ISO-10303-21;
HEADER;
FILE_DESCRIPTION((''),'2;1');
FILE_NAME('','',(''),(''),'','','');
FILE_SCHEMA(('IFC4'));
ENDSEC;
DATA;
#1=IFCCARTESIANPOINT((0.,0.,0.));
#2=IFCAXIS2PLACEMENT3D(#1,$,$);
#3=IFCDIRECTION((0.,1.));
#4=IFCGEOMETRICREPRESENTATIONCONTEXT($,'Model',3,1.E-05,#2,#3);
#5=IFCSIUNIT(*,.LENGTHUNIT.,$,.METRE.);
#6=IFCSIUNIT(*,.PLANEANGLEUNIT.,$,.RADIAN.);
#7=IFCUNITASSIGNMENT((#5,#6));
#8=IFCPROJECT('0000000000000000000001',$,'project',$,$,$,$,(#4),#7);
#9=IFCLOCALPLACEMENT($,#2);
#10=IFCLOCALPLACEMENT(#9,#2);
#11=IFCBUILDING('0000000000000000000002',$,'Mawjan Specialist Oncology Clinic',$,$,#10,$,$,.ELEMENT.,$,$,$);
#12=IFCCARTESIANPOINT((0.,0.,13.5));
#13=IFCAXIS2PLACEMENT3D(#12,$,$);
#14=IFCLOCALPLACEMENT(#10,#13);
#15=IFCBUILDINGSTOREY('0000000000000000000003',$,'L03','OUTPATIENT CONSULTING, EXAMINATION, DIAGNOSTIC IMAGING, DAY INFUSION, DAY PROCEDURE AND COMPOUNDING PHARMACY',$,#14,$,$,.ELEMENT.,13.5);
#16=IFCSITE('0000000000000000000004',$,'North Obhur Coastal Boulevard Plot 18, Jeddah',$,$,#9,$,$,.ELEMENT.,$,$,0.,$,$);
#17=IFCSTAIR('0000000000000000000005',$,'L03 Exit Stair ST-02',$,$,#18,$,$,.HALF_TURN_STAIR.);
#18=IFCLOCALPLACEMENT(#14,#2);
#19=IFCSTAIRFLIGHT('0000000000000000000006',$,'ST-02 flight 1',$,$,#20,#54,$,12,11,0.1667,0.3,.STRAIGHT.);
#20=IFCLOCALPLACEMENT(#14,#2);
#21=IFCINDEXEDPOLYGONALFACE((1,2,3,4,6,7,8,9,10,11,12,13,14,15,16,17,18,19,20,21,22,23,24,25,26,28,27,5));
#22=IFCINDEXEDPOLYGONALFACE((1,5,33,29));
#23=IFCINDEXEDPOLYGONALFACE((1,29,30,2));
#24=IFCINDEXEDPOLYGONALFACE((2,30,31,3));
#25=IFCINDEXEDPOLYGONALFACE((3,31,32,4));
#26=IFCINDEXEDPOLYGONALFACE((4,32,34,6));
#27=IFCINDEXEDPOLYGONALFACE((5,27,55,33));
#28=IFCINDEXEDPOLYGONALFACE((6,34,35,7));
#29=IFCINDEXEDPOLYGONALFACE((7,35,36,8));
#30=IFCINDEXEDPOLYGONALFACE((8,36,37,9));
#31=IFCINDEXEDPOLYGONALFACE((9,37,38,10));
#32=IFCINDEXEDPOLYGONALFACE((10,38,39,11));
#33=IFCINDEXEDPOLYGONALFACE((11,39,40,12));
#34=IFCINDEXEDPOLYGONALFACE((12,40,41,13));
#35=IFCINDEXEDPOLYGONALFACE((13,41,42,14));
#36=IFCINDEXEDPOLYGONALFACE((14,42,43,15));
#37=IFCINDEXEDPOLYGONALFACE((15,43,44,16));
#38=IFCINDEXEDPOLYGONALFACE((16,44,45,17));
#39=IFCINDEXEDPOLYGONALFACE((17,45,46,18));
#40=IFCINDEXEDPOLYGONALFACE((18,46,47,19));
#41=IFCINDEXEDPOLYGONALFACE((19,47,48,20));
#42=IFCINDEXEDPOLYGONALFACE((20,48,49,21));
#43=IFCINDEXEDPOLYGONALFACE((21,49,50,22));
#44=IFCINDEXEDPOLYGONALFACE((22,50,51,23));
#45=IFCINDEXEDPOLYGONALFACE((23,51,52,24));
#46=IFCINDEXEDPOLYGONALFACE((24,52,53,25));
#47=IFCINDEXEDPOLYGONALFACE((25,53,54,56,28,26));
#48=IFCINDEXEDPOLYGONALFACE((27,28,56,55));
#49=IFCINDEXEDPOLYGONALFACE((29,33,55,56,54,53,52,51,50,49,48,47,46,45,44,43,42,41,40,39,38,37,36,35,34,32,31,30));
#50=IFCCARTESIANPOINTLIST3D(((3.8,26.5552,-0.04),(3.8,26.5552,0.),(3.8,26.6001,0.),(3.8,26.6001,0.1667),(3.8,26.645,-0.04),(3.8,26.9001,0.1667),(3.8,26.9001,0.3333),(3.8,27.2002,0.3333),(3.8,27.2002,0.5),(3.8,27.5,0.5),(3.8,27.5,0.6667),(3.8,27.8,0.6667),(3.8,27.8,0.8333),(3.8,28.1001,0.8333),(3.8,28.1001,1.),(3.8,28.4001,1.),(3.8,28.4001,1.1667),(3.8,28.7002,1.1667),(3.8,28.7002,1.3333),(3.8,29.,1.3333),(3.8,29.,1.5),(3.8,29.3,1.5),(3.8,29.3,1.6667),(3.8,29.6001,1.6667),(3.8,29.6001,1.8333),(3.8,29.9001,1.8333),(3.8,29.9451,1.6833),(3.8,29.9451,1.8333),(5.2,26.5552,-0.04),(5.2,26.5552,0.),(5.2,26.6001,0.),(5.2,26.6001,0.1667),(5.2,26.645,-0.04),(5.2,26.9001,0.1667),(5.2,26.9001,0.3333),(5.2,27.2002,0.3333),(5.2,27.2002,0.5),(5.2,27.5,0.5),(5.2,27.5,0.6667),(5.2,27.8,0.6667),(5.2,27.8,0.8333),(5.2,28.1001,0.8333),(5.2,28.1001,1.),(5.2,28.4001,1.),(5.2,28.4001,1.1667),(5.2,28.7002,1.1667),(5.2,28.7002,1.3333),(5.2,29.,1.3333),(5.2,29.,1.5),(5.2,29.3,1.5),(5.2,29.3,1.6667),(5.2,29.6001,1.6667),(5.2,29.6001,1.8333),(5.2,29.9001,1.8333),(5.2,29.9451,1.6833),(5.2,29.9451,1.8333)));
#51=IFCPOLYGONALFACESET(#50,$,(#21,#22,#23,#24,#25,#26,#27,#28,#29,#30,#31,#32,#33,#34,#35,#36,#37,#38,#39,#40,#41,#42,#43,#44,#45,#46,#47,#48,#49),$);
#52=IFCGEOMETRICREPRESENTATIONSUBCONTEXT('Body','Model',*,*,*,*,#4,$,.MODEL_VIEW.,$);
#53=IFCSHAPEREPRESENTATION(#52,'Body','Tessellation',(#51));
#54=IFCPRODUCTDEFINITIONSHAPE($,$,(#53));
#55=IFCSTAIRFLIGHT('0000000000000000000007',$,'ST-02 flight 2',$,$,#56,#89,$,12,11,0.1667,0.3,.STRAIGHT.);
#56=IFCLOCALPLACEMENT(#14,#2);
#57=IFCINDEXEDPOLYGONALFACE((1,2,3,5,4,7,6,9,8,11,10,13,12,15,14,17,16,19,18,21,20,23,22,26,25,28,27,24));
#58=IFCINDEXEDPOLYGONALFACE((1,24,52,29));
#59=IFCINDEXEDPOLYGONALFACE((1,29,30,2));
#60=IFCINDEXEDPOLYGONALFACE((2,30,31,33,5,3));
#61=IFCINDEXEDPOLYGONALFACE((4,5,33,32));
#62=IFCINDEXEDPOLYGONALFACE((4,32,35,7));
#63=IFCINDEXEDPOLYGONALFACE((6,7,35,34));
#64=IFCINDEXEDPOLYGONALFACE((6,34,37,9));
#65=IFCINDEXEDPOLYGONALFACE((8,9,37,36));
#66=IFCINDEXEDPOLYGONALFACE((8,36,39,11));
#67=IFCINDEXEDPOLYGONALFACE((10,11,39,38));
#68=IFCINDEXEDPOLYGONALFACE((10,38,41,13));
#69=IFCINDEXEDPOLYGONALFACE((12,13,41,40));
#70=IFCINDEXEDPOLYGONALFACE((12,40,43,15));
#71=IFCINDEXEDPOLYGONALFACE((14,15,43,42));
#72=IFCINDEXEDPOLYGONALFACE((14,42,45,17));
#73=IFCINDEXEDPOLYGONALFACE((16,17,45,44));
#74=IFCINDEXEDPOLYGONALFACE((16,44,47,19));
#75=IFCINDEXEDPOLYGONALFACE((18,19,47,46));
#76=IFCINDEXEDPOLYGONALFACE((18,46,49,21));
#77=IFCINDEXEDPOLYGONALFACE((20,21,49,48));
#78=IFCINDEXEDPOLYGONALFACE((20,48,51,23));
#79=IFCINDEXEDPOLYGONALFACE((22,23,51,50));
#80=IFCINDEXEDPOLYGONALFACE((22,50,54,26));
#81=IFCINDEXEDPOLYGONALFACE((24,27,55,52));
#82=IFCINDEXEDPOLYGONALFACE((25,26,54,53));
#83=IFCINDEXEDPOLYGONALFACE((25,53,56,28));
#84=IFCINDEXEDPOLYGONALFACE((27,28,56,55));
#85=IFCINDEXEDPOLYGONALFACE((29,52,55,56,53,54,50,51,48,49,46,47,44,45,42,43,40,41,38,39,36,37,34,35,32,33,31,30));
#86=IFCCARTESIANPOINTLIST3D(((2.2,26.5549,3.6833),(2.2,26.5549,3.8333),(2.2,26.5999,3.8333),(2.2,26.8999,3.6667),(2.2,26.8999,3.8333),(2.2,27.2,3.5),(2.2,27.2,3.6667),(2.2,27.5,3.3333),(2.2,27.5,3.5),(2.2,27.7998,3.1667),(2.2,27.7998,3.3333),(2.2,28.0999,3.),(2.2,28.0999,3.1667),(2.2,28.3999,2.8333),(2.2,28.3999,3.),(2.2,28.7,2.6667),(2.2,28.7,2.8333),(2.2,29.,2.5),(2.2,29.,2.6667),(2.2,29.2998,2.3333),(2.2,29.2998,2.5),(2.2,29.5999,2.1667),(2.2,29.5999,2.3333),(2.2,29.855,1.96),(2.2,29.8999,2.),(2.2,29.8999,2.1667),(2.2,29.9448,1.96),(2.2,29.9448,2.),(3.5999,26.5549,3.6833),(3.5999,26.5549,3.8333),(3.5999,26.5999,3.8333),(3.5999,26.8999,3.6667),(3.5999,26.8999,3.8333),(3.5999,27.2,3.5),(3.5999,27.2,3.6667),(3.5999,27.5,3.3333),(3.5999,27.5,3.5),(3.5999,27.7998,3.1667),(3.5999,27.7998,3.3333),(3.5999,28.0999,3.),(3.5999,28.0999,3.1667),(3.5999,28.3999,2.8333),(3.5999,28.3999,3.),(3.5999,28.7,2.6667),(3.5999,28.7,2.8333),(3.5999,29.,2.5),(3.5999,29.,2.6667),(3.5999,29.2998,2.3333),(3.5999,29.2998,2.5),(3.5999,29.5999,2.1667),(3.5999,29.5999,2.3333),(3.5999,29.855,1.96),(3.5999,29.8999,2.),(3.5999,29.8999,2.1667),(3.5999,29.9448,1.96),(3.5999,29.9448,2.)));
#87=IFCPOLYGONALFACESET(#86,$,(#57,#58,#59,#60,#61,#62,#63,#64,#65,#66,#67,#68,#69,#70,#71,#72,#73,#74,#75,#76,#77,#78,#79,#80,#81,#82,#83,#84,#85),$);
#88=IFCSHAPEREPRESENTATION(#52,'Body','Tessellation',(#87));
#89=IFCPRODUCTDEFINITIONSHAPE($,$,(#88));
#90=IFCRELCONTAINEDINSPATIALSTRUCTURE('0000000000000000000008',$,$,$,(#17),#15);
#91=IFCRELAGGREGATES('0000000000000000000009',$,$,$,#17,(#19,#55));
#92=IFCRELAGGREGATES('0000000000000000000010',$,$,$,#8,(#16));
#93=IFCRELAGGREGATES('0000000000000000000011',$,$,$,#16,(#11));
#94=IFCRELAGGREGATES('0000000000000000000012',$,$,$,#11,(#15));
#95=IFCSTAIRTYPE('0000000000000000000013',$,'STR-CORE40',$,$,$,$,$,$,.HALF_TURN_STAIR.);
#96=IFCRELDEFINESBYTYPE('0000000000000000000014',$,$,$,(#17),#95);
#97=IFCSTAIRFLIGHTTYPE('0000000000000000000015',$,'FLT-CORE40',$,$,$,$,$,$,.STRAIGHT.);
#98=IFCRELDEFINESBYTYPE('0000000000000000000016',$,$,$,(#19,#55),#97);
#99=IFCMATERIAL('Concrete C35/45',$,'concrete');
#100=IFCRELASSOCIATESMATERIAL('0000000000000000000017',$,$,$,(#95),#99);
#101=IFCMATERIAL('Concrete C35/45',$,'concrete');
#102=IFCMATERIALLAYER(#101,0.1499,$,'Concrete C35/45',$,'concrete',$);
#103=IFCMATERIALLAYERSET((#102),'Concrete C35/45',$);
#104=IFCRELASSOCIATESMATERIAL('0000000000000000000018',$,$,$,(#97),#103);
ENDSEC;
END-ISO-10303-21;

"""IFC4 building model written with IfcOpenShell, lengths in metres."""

from ifc_helpers import new_model, si_unit, direction, frame, origin, place, context, subcontext, project, spatial, polyline, outline, extrude, material, layer, layer_set, type_object, element, aggregate, save


model = new_model("IFC4")

# Units and contexts
model_context = context("Model", 3, precision=1e-05, world=origin(), true_north=direction((0.0, 1.0)))
body_context = subcontext(model_context, "Body", "Model", "MODEL_VIEW")
ifc_project = project(units=[si_unit("LENGTHUNIT", "METRE"), si_unit("PLANEANGLEUNIT", "RADIAN")], contexts=[model_context])

# Site, building, storey
site_placement = place(None, origin())
site = spatial("IfcSite", under=ifc_project, at=site_placement, Name="North Obhur Coastal Boulevard Plot 18, Jeddah", CompositionType="ELEMENT", RefElevation=0.0)
building_placement = place(site_placement, origin())
building = spatial("IfcBuilding", under=site, at=building_placement, Name="Mawjan Specialist Oncology Clinic", CompositionType="ELEMENT")
storey_placement = place(building_placement, frame((0.0, 0.0, 13.5)))
storey = spatial("IfcBuildingStorey", under=building, at=storey_placement, Name="L03", Description="OUTPATIENT CONSULTING, EXAMINATION, DIAGNOSTIC IMAGING, DAY INFUSION, DAY PROCEDURE AND COMPOUNDING PHARMACY", CompositionType="ELEMENT", Elevation=13.5)

# Stair, stair flights
ifc_material_1 = material(Name="Concrete C35/45", Category="concrete")
stair_type = type_object("IfcStairType", Name="STR-CORE40", PredefinedType="HALF_TURN_STAIR", material=ifc_material_1)
stair_placement = place(storey_placement, origin())
stair = element("IfcStair", 1, at=stair_placement, inside=storey, type_object=stair_type, Name="L03 Exit Stair ST-02", PredefinedType="HALF_TURN_STAIR")
ifc_material_2 = material(Name="Concrete C35/45", Category="concrete")
ifc_layer_1 = layer(ifc_material_2, 0.1499, Name="Concrete C35/45", Category="concrete")
ifc_layer_set_1 = layer_set([ifc_layer_1], Name="Concrete C35/45")
stair_flight_type = type_object("IfcStairFlightType", Name="FLT-CORE40", PredefinedType="STRAIGHT", material=ifc_layer_set_1)
stair_flight_1_placement = place(storey_placement, frame((4.5, 26.6001, 0.0), z_axis=(0.0, 0.0, 1.0), x_axis=(0.0, 1.0, 0.0)))
stair_flight_1 = element("IfcStairFlight", 2, at=stair_flight_1_placement, type_object=stair_flight_type, Name="ST-02 flight 1", NumberOfRisers=12, NumberOfTreads=11, PredefinedType="STRAIGHT", RiserHeight=0.1667, TreadLength=0.3, context=body_context, shape_type="SweptSolid", body=[
    extrude(outline(polyline([(-0.0449, -0.04), (-0.0449, 0.0), (0.0, 0.0), (0.0, 0.1667), (0.3, 0.1667), (0.3, 0.3333), (0.6001, 0.3333), (0.6001, 0.5), (0.8999, 0.5), (0.8999, 0.6667), (1.2, 0.6667), (1.2, 0.8333), (1.5, 0.8333), (1.5, 1.0), (1.8, 1.0), (1.8, 1.1667), (2.1001, 1.1667), (2.1001, 1.3333), (2.3999, 1.3333), (2.3999, 1.5), (2.7, 1.5), (2.7, 1.6667), (3.0, 1.6667), (3.0, 1.8333), (3.3, 1.8333), (3.345, 1.8333), (3.345, 1.6833), (0.0449, -0.04), (-0.0449, -0.04)])), frame((0.0, 0.7, 0.0), z_axis=(0.0, -1.0, 0.0), x_axis=(1.0, 0.0, 0.0)), (0.0, 0.0, 1.0), 1.3999),
])
stair_flight_2_placement = place(storey_placement, frame((2.8999, 29.8999, 2.0), z_axis=(0.0, 0.0, 1.0), x_axis=(0.0, -1.0, 0.0)))
stair_flight_2 = element("IfcStairFlight", 3, at=stair_flight_2_placement, type_object=stair_flight_type, Name="ST-02 flight 2", NumberOfRisers=12, NumberOfTreads=11, PredefinedType="STRAIGHT", RiserHeight=0.1667, TreadLength=0.3, context=body_context, shape_type="SweptSolid", body=[
    extrude(outline(polyline([(-0.0449, -0.04), (-0.0449, 0.0), (0.0, 0.0), (0.0, 0.1667), (0.3, 0.1667), (0.3, 0.3333), (0.6001, 0.3333), (0.6001, 0.5), (0.8999, 0.5), (0.8999, 0.6667), (1.2, 0.6667), (1.2, 0.8333), (1.5, 0.8333), (1.5, 1.0), (1.8, 1.0), (1.8, 1.1667), (2.1001, 1.1667), (2.1001, 1.3333), (2.3999, 1.3333), (2.3999, 1.5), (2.7, 1.5), (2.7, 1.6667), (3.0, 1.6667), (3.0, 1.8333), (3.3, 1.8333), (3.345, 1.8333), (3.345, 1.6833), (0.0449, -0.04), (-0.0449, -0.04)])), frame((0.0, 0.7, 0.0), z_axis=(0.0, -1.0, 0.0), x_axis=(1.0, 0.0, 0.0)), (0.0, 0.0, 1.0), 1.3999),
])
aggregate(stair, [stair_flight_1, stair_flight_2])

save(model, "model.ifc")
